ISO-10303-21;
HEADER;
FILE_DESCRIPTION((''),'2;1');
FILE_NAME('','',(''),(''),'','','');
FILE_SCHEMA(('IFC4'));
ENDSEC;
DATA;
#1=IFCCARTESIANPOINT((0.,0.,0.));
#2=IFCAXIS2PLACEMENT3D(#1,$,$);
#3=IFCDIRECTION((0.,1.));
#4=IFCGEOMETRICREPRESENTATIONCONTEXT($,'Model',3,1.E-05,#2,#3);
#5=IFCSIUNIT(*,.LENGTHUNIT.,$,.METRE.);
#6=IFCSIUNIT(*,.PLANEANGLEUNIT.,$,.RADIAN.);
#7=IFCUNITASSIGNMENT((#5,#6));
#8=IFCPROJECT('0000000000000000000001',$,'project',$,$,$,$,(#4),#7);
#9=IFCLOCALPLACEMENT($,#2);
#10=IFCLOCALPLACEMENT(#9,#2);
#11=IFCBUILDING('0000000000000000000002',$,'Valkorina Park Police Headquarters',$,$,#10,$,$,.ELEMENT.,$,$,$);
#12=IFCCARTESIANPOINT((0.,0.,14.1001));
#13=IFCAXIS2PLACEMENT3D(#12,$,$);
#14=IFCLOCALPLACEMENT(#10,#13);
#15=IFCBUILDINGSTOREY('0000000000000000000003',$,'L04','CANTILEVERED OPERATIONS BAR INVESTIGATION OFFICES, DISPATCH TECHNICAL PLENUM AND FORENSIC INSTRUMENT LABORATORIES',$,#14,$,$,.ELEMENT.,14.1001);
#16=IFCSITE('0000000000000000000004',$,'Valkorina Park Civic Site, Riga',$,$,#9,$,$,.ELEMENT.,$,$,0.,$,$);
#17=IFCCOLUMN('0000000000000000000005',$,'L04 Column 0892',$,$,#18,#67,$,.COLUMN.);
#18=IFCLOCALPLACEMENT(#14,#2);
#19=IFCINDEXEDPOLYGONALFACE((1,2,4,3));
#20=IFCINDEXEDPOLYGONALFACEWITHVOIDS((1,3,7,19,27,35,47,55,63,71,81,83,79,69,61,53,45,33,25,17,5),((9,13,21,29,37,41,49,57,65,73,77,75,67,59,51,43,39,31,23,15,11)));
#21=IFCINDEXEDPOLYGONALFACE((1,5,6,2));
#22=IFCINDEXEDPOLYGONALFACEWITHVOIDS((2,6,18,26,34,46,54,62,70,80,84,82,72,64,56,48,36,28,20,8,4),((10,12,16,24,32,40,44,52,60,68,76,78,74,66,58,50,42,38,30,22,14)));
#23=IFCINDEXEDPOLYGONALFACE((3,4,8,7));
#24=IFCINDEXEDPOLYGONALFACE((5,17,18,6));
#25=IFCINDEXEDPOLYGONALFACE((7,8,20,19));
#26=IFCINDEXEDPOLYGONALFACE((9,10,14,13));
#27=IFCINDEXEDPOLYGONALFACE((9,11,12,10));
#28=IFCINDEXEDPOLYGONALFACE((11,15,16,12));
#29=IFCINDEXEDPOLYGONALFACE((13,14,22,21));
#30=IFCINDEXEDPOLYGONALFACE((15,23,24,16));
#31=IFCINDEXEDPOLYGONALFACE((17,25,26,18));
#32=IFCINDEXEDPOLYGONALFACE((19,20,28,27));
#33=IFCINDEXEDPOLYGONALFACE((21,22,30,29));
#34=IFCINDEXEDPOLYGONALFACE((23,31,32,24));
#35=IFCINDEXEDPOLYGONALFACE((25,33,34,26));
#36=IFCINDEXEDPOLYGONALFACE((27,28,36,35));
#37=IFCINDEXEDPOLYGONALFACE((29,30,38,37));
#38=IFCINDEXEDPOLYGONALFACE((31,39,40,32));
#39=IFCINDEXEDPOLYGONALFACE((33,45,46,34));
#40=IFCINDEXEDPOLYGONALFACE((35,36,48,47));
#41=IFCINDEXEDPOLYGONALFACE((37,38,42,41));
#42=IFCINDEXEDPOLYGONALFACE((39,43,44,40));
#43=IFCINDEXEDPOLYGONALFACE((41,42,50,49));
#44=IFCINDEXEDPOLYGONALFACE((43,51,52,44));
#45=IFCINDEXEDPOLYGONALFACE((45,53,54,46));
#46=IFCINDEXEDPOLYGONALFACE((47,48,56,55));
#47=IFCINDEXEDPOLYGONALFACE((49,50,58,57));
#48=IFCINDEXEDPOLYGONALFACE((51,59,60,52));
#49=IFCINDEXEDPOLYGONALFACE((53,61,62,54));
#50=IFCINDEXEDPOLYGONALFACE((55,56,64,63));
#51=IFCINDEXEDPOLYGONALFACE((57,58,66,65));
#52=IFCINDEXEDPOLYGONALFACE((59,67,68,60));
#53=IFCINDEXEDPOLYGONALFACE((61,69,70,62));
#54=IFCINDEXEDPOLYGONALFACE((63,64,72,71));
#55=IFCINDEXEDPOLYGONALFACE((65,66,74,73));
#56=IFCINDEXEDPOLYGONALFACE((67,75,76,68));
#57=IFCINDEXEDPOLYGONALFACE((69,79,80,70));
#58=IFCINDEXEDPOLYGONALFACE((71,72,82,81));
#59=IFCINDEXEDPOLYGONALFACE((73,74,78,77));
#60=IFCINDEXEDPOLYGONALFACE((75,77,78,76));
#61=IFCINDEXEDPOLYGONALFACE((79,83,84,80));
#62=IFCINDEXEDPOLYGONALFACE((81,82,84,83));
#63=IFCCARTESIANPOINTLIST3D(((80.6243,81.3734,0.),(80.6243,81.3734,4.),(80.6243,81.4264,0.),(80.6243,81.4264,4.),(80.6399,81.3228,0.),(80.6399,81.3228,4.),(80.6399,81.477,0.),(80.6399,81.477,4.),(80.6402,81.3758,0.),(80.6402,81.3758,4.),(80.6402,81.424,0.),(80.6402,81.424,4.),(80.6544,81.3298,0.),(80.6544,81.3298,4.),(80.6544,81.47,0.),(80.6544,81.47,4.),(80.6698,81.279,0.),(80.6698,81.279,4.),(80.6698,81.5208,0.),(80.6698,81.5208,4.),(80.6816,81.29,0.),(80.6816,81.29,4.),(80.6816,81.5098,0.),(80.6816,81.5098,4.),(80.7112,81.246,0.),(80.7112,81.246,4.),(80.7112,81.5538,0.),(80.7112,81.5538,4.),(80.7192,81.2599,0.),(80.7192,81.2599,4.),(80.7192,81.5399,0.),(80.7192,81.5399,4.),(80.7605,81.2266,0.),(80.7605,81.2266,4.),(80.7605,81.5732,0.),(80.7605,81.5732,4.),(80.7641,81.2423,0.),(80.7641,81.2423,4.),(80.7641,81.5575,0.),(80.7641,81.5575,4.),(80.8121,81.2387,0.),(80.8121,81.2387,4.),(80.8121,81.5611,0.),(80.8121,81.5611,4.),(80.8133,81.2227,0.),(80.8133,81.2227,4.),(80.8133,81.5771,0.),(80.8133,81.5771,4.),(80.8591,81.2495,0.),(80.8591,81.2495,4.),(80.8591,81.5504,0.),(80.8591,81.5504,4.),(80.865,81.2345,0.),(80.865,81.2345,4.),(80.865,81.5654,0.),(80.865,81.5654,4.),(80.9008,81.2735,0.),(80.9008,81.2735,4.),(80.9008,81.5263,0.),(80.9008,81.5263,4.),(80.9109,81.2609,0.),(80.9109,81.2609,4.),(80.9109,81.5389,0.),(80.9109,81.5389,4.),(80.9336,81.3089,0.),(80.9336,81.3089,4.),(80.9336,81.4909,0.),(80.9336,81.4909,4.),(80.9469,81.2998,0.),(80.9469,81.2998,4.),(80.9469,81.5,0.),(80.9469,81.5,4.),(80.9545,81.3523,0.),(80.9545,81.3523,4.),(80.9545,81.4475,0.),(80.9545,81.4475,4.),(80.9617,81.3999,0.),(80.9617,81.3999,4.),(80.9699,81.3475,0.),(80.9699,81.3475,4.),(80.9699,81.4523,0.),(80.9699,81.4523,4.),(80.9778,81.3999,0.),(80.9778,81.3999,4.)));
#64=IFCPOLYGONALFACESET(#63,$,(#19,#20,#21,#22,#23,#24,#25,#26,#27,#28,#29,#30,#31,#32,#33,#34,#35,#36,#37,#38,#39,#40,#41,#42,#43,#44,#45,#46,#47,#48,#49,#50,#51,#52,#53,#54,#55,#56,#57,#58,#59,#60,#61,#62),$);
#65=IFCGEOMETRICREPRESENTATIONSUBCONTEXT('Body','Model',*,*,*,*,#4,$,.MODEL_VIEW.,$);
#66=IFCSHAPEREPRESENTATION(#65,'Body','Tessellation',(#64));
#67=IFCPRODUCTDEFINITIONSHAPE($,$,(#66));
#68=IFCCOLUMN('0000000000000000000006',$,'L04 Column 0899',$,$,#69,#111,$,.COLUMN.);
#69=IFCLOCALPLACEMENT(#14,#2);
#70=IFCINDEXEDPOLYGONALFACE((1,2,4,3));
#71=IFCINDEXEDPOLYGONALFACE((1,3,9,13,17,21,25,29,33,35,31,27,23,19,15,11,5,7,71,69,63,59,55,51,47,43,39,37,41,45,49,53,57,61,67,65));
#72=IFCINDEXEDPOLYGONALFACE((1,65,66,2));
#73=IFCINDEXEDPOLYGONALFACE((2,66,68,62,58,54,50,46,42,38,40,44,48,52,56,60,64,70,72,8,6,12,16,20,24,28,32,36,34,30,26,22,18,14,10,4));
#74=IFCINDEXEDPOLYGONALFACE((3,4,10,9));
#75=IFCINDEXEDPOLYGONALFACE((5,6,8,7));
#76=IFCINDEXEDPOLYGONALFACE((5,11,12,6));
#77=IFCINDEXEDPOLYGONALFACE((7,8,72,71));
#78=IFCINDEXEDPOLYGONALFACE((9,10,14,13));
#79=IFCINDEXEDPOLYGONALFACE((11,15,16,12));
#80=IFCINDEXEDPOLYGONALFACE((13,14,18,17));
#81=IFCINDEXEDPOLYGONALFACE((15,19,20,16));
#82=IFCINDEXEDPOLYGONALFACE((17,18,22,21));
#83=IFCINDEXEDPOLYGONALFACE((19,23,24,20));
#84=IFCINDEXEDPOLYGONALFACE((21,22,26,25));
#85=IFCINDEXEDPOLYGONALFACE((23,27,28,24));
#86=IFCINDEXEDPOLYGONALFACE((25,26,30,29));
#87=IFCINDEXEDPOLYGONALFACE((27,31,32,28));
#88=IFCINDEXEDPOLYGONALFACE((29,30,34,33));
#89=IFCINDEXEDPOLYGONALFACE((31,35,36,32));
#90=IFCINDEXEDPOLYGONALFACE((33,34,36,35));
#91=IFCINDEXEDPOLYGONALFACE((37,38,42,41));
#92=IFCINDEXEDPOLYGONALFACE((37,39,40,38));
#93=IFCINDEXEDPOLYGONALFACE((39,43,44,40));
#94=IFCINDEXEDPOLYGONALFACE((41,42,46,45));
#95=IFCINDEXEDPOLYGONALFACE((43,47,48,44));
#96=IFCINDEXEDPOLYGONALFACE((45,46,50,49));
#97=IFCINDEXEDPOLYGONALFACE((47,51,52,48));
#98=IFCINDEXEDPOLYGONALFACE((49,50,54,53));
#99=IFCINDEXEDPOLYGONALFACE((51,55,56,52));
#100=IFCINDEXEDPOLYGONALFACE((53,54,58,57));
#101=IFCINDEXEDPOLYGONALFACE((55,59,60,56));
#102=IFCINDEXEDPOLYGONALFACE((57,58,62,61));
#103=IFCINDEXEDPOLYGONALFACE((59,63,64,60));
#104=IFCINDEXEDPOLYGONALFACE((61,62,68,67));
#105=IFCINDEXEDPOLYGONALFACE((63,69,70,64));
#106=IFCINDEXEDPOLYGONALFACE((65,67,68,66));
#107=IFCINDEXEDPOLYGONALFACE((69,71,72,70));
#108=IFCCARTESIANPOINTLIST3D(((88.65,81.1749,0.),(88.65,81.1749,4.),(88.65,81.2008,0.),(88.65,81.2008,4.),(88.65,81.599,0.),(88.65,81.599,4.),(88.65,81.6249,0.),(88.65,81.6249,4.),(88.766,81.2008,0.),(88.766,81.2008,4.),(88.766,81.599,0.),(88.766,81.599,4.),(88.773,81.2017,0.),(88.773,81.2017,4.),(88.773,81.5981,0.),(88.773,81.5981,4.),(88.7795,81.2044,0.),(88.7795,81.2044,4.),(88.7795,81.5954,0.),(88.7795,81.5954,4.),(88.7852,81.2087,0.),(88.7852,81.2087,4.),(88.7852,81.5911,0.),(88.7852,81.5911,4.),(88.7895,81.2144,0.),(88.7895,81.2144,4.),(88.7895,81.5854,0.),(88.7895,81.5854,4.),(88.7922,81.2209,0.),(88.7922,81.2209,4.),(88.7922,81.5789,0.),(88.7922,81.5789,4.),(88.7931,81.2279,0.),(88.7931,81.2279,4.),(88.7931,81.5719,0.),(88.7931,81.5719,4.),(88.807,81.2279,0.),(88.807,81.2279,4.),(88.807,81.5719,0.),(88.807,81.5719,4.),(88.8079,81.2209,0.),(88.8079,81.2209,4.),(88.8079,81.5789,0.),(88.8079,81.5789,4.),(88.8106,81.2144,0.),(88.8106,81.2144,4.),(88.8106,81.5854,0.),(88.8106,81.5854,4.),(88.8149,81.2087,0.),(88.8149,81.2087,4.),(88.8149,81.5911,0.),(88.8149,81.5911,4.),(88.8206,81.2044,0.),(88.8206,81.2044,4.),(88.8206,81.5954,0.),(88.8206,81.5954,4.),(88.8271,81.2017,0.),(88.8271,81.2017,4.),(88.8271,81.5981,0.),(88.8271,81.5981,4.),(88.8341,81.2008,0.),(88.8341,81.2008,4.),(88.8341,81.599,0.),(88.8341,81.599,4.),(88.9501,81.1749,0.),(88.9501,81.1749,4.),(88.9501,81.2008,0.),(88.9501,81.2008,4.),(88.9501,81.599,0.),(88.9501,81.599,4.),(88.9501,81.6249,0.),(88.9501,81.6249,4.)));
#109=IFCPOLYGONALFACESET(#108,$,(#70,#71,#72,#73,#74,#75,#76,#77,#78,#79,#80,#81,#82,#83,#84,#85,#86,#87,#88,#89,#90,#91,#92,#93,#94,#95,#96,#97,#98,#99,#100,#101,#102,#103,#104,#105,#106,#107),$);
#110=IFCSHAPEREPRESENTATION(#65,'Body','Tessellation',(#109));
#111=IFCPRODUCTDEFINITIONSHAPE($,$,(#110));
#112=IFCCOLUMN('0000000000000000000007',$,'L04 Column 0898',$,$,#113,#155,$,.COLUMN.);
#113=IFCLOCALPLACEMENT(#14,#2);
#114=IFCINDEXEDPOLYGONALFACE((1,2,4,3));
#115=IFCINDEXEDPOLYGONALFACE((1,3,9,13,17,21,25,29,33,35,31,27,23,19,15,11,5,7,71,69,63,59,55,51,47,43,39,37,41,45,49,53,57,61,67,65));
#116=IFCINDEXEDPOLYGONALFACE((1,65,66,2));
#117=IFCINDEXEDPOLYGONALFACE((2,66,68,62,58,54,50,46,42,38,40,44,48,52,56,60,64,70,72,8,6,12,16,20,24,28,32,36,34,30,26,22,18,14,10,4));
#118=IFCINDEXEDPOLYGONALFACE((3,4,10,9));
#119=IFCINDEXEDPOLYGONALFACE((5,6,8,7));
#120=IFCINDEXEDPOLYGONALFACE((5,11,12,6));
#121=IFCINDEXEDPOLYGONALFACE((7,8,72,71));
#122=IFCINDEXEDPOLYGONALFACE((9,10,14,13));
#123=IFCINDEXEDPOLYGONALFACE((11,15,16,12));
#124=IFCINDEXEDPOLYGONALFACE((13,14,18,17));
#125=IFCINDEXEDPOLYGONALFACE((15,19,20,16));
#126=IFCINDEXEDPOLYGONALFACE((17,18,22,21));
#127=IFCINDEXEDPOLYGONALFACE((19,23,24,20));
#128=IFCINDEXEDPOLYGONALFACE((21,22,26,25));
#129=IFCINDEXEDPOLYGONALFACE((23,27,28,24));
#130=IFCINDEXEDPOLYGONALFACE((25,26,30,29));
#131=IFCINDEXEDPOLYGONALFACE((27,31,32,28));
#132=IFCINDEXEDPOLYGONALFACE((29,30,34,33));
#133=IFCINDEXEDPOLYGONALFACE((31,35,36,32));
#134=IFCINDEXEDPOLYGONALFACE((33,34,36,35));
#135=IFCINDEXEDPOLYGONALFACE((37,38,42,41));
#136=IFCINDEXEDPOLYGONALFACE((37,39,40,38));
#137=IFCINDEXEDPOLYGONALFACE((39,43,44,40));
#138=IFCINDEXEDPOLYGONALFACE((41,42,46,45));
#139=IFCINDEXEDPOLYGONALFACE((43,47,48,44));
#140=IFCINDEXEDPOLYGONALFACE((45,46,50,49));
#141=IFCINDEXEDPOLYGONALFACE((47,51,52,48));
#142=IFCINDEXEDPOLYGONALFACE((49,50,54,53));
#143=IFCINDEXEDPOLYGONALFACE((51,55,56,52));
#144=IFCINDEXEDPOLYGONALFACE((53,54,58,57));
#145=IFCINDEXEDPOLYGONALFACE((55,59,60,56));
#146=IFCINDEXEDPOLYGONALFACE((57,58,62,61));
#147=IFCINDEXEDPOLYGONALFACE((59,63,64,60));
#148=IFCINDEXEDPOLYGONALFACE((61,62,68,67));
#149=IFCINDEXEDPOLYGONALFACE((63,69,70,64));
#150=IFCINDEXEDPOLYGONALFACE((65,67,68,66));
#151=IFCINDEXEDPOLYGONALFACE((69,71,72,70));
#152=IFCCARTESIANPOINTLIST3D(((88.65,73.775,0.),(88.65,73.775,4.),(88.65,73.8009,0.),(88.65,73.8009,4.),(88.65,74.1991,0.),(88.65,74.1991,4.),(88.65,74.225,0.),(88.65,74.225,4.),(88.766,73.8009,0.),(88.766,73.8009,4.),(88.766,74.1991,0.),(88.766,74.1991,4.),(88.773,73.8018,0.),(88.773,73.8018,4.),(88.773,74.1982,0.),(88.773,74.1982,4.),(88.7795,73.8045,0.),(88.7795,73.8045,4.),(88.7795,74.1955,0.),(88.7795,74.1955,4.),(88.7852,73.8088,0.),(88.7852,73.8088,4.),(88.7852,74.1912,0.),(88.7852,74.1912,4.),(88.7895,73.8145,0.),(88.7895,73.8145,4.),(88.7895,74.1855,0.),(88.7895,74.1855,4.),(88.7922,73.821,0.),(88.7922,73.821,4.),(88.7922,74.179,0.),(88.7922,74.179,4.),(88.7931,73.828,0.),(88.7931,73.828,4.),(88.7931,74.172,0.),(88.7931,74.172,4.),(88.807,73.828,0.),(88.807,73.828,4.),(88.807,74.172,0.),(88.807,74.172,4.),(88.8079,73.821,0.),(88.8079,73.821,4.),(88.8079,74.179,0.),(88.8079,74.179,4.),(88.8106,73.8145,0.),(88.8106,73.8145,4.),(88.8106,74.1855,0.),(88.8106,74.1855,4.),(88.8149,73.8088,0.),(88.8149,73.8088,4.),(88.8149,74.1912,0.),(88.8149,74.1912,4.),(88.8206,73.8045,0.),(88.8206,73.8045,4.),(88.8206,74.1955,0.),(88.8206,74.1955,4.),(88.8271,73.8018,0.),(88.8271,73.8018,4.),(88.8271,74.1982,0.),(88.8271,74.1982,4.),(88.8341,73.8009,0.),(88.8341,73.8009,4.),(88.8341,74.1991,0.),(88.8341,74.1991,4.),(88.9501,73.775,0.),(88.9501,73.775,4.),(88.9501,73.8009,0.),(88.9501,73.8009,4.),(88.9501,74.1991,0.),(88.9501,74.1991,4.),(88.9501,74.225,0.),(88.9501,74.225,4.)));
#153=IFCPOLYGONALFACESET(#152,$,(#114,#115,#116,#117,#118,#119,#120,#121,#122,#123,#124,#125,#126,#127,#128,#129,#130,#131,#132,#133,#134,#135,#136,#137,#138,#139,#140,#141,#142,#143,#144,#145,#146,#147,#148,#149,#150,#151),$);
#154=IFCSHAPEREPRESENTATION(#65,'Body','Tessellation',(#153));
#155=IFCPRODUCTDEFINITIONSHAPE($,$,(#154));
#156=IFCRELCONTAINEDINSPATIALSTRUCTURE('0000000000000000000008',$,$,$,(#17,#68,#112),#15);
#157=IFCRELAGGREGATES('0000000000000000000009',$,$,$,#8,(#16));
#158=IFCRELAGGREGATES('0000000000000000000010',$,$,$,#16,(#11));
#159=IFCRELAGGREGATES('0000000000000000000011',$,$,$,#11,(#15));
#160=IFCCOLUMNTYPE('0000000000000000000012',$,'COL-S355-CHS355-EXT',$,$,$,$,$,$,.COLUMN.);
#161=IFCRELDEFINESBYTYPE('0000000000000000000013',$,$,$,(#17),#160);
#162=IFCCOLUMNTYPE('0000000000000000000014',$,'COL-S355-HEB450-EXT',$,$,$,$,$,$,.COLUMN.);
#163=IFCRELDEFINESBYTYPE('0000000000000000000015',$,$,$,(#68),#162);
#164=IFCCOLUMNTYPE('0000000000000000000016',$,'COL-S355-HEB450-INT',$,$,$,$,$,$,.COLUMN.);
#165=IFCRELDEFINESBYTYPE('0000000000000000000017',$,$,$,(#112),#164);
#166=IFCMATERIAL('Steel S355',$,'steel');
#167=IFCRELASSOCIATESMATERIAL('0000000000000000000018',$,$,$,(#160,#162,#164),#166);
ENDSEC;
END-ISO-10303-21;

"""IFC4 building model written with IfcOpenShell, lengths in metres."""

from ifc_helpers import new_model, si_unit, direction, frame, origin, origin_2d, place, context, subcontext, project, spatial, hollow_circle, i_section, extrude, material, material_profile, profile_set, type_object, element, save


model = new_model("IFC4")

# Units and contexts
model_context = context("Model", 3, precision=1e-05, world=origin(), true_north=direction((0.0, 1.0)))
body_context = subcontext(model_context, "Body", "Model", "MODEL_VIEW")
ifc_project = project(units=[si_unit("LENGTHUNIT", "METRE"), si_unit("PLANEANGLEUNIT", "RADIAN")], contexts=[model_context])

# Site, building, storey
site_placement = place(None, origin())
site = spatial("IfcSite", under=ifc_project, at=site_placement, Name="Valkorina Park Civic Site, Riga", CompositionType="ELEMENT", RefElevation=0.0)
building_placement = place(site_placement, origin())
building = spatial("IfcBuilding", under=site, at=building_placement, Name="Valkorina Park Police Headquarters", CompositionType="ELEMENT")
storey_placement = place(building_placement, frame((0.0, 0.0, 14.1001)))
storey = spatial("IfcBuildingStorey", under=building, at=storey_placement, Name="L04", Description="CANTILEVERED OPERATIONS BAR INVESTIGATION OFFICES, DISPATCH TECHNICAL PLENUM AND FORENSIC INSTRUMENT LABORATORIES", CompositionType="ELEMENT", Elevation=14.1001)

# Columns
ifc_material_1 = material(Name="Steel S355", Category="steel")
ifc_material_profile_1 = material_profile(ifc_material_1, hollow_circle(Radius=0.1777, WallThickness=0.0161, at=origin_2d()), Name="CHS 355.6x16")
ifc_profile_set_1 = profile_set([ifc_material_profile_1], Name="Steel S355")
column_type_1 = type_object("IfcColumnType", Name="COL-S355-CHS355-EXT", PredefinedType="COLUMN", material=ifc_profile_set_1)
column_1_placement = place(storey_placement, frame((80.8, 81.3999, 0.0), z_axis=(0.0, 0.0, 1.0), x_axis=(1.0, 0.0, 0.0)))
element("IfcColumn", 1, at=column_1_placement, inside=storey, type_object=column_type_1, Name="L04 Column 0892", PredefinedType="COLUMN", context=body_context, shape_type="SweptSolid", body=[
    extrude(hollow_circle(Radius=0.1777, WallThickness=0.0161, at=origin_2d()), origin(), (0.0, 0.0, 1.0), 4.0),
])
ifc_material_profile_2 = material_profile(ifc_material_1, i_section(OverallWidth=0.3, OverallDepth=0.45, WebThickness=0.0139, FlangeThickness=0.0259, FilletRadius=0.0271, at=origin_2d()), Name="HEB 450")
ifc_profile_set_2 = profile_set([ifc_material_profile_2], Name="Steel S355")
column_type_2 = type_object("IfcColumnType", Name="COL-S355-HEB450-EXT", PredefinedType="COLUMN", material=ifc_profile_set_2)
column_2_placement = place(storey_placement, frame((88.8, 81.3999, 0.0), z_axis=(0.0, 0.0, 1.0), x_axis=(1.0, 0.0, 0.0)))
element("IfcColumn", 2, at=column_2_placement, inside=storey, type_object=column_type_2, Name="L04 Column 0899", PredefinedType="COLUMN", context=body_context, shape_type="SweptSolid", body=[
    extrude(i_section(OverallWidth=0.3, OverallDepth=0.45, WebThickness=0.0139, FlangeThickness=0.0259, FilletRadius=0.0271, at=origin_2d()), origin(), (0.0, 0.0, 1.0), 4.0),
])
ifc_material_profile_3 = material_profile(ifc_material_1, i_section(OverallWidth=0.3, OverallDepth=0.45, WebThickness=0.0139, FlangeThickness=0.0259, FilletRadius=0.0271, at=origin_2d()), Name="HEB 450")
ifc_profile_set_3 = profile_set([ifc_material_profile_3], Name="Steel S355")
column_type_3 = type_object("IfcColumnType", Name="COL-S355-HEB450-INT", PredefinedType="COLUMN", material=ifc_profile_set_3)
column_3_placement = place(storey_placement, frame((88.8, 74.0, 0.0), z_axis=(0.0, 0.0, 1.0), x_axis=(1.0, 0.0, 0.0)))
element("IfcColumn", 3, at=column_3_placement, inside=storey, type_object=column_type_3, Name="L04 Column 0898", PredefinedType="COLUMN", context=body_context, shape_type="SweptSolid", body=[
    extrude(i_section(OverallWidth=0.3, OverallDepth=0.45, WebThickness=0.0139, FlangeThickness=0.0259, FilletRadius=0.0271, at=origin_2d()), origin(), (0.0, 0.0, 1.0), 4.0),
])

save(model, "model.ifc")
